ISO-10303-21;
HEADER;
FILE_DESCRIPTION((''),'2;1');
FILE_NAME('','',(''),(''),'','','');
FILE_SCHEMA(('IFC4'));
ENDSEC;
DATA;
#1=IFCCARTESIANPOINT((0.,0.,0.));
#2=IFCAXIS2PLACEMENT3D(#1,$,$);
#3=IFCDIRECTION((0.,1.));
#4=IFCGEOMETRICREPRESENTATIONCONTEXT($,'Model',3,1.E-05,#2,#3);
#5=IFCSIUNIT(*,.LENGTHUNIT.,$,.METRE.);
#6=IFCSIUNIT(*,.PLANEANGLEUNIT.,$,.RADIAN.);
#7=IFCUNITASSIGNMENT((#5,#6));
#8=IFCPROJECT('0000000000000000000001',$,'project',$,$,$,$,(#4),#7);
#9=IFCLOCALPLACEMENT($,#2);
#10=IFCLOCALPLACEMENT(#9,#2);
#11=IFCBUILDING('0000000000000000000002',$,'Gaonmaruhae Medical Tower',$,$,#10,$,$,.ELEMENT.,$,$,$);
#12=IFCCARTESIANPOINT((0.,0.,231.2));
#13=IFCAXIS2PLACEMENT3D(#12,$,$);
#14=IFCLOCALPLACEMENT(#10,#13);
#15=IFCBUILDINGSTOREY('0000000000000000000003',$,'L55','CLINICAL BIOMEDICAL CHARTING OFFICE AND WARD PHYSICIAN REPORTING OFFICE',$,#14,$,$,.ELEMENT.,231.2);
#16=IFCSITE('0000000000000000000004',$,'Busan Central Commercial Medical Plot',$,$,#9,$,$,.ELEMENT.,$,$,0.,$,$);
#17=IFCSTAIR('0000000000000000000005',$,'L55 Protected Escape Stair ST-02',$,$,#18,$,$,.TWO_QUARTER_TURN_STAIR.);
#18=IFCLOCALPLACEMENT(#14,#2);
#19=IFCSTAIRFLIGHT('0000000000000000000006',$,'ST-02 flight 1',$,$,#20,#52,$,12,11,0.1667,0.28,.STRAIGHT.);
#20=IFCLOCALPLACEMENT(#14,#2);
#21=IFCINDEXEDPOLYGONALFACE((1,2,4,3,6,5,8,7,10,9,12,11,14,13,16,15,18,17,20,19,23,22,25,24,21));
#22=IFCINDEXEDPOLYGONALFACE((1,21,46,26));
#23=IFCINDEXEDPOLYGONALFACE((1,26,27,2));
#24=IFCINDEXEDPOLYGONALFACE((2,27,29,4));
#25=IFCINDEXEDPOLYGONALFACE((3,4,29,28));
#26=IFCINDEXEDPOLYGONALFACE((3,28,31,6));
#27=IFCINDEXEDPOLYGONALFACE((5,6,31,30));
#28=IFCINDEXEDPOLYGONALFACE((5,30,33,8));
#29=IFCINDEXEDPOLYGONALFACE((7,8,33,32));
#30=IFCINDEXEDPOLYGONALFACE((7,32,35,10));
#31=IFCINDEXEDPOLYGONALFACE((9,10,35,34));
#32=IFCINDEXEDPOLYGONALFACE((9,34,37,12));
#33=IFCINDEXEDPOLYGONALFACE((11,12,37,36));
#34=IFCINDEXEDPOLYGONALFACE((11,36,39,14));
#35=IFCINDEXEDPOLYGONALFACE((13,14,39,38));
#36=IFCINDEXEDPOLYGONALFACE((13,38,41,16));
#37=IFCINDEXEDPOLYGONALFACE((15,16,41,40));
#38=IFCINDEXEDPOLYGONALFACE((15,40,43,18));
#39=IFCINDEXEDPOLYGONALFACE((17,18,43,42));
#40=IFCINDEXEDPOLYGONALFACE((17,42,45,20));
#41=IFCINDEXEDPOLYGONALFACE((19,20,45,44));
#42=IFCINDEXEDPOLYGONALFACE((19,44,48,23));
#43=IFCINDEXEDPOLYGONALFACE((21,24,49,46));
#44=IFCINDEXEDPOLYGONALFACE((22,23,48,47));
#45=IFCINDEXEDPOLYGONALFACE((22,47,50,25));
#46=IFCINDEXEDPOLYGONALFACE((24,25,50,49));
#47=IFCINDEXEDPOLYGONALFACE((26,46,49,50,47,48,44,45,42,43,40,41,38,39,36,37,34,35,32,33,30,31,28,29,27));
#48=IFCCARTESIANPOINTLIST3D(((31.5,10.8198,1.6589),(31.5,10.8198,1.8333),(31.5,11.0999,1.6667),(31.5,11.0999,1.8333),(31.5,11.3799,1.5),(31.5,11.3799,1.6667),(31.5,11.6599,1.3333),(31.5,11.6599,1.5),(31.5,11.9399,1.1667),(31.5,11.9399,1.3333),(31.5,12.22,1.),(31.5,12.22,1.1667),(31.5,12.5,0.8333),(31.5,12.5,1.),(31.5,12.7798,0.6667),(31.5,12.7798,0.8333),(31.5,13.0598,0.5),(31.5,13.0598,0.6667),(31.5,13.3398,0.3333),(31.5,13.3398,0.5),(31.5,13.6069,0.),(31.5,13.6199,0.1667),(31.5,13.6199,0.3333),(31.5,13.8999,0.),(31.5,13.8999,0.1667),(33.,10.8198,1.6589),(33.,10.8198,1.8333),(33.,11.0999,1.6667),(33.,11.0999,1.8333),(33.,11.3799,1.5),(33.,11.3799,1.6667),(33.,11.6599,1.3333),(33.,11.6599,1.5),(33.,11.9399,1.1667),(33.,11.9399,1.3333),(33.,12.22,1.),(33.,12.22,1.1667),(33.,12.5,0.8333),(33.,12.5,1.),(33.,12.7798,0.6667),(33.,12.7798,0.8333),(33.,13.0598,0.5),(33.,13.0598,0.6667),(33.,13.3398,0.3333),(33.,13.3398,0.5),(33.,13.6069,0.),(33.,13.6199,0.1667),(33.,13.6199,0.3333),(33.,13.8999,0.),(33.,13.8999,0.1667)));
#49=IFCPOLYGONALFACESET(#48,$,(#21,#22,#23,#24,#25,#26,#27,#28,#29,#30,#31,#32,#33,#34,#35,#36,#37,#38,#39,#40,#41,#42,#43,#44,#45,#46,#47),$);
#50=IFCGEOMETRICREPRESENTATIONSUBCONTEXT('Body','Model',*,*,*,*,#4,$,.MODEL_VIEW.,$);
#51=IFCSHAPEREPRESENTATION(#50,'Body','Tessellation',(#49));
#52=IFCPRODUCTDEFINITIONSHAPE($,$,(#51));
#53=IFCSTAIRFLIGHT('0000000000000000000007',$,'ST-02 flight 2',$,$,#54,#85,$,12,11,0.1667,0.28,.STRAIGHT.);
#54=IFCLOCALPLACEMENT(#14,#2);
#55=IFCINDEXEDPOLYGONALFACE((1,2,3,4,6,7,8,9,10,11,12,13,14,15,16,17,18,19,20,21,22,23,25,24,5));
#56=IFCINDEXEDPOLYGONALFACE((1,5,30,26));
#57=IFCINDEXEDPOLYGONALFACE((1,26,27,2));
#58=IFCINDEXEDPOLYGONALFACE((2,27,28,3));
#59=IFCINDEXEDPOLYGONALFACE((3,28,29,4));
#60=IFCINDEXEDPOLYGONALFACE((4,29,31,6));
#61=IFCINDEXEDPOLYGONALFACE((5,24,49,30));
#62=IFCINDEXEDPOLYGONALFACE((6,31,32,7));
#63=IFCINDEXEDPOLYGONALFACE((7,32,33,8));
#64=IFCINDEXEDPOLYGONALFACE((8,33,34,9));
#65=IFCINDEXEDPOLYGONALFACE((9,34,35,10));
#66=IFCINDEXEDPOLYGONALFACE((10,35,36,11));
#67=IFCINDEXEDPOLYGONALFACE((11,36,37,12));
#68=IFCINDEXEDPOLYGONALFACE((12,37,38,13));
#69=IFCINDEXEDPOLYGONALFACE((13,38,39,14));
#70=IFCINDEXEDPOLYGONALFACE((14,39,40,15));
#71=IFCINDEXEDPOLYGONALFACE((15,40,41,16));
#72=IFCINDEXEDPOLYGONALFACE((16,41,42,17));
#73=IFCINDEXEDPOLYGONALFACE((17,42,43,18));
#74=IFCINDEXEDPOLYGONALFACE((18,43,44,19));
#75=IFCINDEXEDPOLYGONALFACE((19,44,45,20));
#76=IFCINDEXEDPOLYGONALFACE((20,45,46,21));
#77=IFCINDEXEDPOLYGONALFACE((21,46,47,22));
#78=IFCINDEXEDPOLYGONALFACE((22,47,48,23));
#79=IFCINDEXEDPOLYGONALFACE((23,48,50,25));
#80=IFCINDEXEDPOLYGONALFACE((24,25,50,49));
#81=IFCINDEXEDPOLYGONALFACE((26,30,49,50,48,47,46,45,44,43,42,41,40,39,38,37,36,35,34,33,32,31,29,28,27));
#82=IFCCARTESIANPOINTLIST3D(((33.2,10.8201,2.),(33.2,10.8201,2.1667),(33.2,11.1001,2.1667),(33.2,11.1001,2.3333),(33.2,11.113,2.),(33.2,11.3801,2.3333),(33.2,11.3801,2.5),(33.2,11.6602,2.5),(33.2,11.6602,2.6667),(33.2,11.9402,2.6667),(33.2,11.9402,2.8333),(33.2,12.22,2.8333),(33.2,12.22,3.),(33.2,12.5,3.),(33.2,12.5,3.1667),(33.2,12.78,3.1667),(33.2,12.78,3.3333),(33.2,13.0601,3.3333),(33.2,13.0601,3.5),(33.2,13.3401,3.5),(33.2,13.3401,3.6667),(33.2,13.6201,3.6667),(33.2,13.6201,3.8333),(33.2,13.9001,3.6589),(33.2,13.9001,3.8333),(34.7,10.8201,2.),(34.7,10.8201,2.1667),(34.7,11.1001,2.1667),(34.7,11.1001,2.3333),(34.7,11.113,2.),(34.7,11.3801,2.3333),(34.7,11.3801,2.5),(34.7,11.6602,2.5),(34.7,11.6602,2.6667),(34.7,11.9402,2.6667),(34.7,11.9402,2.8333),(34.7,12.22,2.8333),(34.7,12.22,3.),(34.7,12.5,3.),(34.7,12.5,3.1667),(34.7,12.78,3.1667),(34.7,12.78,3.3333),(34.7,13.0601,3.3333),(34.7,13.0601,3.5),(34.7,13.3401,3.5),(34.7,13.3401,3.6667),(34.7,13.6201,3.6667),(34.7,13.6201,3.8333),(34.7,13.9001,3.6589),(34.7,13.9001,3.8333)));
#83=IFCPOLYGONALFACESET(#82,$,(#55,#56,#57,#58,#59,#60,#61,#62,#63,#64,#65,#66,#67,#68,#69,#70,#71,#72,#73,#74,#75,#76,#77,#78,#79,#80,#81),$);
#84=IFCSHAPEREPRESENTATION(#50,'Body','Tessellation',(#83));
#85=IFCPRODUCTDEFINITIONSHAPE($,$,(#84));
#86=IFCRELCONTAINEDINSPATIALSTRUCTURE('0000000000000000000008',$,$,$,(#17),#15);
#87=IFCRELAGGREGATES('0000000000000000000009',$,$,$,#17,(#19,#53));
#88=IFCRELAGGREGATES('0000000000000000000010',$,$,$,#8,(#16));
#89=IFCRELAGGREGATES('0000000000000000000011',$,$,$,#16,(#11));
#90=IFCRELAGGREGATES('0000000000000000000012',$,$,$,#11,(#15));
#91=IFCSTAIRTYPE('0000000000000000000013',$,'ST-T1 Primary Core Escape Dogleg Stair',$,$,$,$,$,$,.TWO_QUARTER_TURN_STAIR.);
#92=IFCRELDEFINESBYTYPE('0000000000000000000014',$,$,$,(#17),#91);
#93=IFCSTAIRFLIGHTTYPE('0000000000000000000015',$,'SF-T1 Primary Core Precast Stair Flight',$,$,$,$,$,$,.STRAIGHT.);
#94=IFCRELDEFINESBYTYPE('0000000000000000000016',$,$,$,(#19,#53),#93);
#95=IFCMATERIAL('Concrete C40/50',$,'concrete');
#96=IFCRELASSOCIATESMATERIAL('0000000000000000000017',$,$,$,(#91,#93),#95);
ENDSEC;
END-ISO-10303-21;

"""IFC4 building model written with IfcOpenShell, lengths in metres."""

from ifc_helpers import new_model, si_unit, direction, frame, origin, place, context, subcontext, project, spatial, polyline, outline, extrude, material, type_object, element, aggregate, save


model = new_model("IFC4")

# Units and contexts
model_context = context("Model", 3, precision=1e-05, world=origin(), true_north=direction((0.0, 1.0)))
body_context = subcontext(model_context, "Body", "Model", "MODEL_VIEW")
ifc_project = project(units=[si_unit("LENGTHUNIT", "METRE"), si_unit("PLANEANGLEUNIT", "RADIAN")], contexts=[model_context])

# Site, building, storey
site_placement = place(None, origin())
site = spatial("IfcSite", under=ifc_project, at=site_placement, Name="Busan Central Commercial Medical Plot", CompositionType="ELEMENT", RefElevation=0.0)
building_placement = place(site_placement, origin())
building = spatial("IfcBuilding", under=site, at=building_placement, Name="Gaonmaruhae Medical Tower", CompositionType="ELEMENT")
storey_placement = place(building_placement, frame((0.0, 0.0, 231.2)))
storey = spatial("IfcBuildingStorey", under=building, at=storey_placement, Name="L55", Description="CLINICAL BIOMEDICAL CHARTING OFFICE AND WARD PHYSICIAN REPORTING OFFICE", CompositionType="ELEMENT", Elevation=231.2)

# Stair, stair flights
ifc_material_1 = material(Name="Concrete C40/50", Category="concrete")
stair_type = type_object("IfcStairType", Name="ST-T1 Primary Core Escape Dogleg Stair", PredefinedType="TWO_QUARTER_TURN_STAIR", material=ifc_material_1)
stair_placement = place(storey_placement, origin())
stair = element("IfcStair", 1, at=stair_placement, inside=storey, type_object=stair_type, Name="L55 Protected Escape Stair ST-02", PredefinedType="TWO_QUARTER_TURN_STAIR")
stair_flight_type = type_object("IfcStairFlightType", Name="SF-T1 Primary Core Precast Stair Flight", PredefinedType="STRAIGHT", material=ifc_material_1)
stair_flight_1_placement = place(storey_placement, frame((32.25, 13.8999, 0.0), z_axis=(0.0, 0.0, 1.0), x_axis=(0.0, -1.0, 0.0)))
stair_flight_1 = element("IfcStairFlight", 2, at=stair_flight_1_placement, type_object=stair_flight_type, Name="ST-02 flight 1", NumberOfRisers=12, NumberOfTreads=11, PredefinedType="STRAIGHT", RiserHeight=0.1667, TreadLength=0.28, context=body_context, shape_type="SweptSolid", body=[
    extrude(outline(polyline([(0.0, 0.0), (0.0, 0.1667), (0.28, 0.1667), (0.28, 0.3333), (0.5601, 0.3333), (0.5601, 0.5), (0.8401, 0.5), (0.8401, 0.6667), (1.1201, 0.6667), (1.1201, 0.8333), (1.3999, 0.8333), (1.3999, 1.0), (1.6799, 1.0), (1.6799, 1.1667), (1.96, 1.1667), (1.96, 1.3333), (2.24, 1.3333), (2.24, 1.5), (2.52, 1.5), (2.52, 1.6667), (2.8, 1.6667), (2.8, 1.8333), (3.0801, 1.8333), (3.0801, 2.0), (3.0801, 1.6589), (0.293, 0.0), (0.0, 0.0)])), frame((0.0, 0.75, 0.0), z_axis=(0.0, -1.0, 0.0), x_axis=(1.0, 0.0, 0.0)), (0.0, 0.0, 1.0), 1.5),
])
stair_flight_2_placement = place(storey_placement, frame((33.95, 10.8201, 2.0), z_axis=(0.0, 0.0, 1.0), x_axis=(0.0, 1.0, 0.0)))
stair_flight_2 = element("IfcStairFlight", 3, at=stair_flight_2_placement, type_object=stair_flight_type, Name="ST-02 flight 2", NumberOfRisers=12, NumberOfTreads=11, PredefinedType="STRAIGHT", RiserHeight=0.1667, TreadLength=0.28, context=body_context, shape_type="SweptSolid", body=[
    extrude(outline(polyline([(0.0, 0.0), (0.0, 0.1667), (0.28, 0.1667), (0.28, 0.3333), (0.5601, 0.3333), (0.5601, 0.5), (0.8401, 0.5), (0.8401, 0.6667), (1.1201, 0.6667), (1.1201, 0.8333), (1.3999, 0.8333), (1.3999, 1.0), (1.6799, 1.0), (1.6799, 1.1667), (1.96, 1.1667), (1.96, 1.3333), (2.24, 1.3333), (2.24, 1.5), (2.52, 1.5), (2.52, 1.6667), (2.8, 1.6667), (2.8, 1.8333), (3.0801, 1.8333), (3.0801, 2.0), (3.0801, 1.6589), (0.293, 0.0), (0.0, 0.0)])), frame((0.0, 0.75, 0.0), z_axis=(0.0, -1.0, 0.0), x_axis=(1.0, 0.0, 0.0)), (0.0, 0.0, 1.0), 1.5),
])
aggregate(stair, [stair_flight_1, stair_flight_2])

save(model, "model.ifc")
